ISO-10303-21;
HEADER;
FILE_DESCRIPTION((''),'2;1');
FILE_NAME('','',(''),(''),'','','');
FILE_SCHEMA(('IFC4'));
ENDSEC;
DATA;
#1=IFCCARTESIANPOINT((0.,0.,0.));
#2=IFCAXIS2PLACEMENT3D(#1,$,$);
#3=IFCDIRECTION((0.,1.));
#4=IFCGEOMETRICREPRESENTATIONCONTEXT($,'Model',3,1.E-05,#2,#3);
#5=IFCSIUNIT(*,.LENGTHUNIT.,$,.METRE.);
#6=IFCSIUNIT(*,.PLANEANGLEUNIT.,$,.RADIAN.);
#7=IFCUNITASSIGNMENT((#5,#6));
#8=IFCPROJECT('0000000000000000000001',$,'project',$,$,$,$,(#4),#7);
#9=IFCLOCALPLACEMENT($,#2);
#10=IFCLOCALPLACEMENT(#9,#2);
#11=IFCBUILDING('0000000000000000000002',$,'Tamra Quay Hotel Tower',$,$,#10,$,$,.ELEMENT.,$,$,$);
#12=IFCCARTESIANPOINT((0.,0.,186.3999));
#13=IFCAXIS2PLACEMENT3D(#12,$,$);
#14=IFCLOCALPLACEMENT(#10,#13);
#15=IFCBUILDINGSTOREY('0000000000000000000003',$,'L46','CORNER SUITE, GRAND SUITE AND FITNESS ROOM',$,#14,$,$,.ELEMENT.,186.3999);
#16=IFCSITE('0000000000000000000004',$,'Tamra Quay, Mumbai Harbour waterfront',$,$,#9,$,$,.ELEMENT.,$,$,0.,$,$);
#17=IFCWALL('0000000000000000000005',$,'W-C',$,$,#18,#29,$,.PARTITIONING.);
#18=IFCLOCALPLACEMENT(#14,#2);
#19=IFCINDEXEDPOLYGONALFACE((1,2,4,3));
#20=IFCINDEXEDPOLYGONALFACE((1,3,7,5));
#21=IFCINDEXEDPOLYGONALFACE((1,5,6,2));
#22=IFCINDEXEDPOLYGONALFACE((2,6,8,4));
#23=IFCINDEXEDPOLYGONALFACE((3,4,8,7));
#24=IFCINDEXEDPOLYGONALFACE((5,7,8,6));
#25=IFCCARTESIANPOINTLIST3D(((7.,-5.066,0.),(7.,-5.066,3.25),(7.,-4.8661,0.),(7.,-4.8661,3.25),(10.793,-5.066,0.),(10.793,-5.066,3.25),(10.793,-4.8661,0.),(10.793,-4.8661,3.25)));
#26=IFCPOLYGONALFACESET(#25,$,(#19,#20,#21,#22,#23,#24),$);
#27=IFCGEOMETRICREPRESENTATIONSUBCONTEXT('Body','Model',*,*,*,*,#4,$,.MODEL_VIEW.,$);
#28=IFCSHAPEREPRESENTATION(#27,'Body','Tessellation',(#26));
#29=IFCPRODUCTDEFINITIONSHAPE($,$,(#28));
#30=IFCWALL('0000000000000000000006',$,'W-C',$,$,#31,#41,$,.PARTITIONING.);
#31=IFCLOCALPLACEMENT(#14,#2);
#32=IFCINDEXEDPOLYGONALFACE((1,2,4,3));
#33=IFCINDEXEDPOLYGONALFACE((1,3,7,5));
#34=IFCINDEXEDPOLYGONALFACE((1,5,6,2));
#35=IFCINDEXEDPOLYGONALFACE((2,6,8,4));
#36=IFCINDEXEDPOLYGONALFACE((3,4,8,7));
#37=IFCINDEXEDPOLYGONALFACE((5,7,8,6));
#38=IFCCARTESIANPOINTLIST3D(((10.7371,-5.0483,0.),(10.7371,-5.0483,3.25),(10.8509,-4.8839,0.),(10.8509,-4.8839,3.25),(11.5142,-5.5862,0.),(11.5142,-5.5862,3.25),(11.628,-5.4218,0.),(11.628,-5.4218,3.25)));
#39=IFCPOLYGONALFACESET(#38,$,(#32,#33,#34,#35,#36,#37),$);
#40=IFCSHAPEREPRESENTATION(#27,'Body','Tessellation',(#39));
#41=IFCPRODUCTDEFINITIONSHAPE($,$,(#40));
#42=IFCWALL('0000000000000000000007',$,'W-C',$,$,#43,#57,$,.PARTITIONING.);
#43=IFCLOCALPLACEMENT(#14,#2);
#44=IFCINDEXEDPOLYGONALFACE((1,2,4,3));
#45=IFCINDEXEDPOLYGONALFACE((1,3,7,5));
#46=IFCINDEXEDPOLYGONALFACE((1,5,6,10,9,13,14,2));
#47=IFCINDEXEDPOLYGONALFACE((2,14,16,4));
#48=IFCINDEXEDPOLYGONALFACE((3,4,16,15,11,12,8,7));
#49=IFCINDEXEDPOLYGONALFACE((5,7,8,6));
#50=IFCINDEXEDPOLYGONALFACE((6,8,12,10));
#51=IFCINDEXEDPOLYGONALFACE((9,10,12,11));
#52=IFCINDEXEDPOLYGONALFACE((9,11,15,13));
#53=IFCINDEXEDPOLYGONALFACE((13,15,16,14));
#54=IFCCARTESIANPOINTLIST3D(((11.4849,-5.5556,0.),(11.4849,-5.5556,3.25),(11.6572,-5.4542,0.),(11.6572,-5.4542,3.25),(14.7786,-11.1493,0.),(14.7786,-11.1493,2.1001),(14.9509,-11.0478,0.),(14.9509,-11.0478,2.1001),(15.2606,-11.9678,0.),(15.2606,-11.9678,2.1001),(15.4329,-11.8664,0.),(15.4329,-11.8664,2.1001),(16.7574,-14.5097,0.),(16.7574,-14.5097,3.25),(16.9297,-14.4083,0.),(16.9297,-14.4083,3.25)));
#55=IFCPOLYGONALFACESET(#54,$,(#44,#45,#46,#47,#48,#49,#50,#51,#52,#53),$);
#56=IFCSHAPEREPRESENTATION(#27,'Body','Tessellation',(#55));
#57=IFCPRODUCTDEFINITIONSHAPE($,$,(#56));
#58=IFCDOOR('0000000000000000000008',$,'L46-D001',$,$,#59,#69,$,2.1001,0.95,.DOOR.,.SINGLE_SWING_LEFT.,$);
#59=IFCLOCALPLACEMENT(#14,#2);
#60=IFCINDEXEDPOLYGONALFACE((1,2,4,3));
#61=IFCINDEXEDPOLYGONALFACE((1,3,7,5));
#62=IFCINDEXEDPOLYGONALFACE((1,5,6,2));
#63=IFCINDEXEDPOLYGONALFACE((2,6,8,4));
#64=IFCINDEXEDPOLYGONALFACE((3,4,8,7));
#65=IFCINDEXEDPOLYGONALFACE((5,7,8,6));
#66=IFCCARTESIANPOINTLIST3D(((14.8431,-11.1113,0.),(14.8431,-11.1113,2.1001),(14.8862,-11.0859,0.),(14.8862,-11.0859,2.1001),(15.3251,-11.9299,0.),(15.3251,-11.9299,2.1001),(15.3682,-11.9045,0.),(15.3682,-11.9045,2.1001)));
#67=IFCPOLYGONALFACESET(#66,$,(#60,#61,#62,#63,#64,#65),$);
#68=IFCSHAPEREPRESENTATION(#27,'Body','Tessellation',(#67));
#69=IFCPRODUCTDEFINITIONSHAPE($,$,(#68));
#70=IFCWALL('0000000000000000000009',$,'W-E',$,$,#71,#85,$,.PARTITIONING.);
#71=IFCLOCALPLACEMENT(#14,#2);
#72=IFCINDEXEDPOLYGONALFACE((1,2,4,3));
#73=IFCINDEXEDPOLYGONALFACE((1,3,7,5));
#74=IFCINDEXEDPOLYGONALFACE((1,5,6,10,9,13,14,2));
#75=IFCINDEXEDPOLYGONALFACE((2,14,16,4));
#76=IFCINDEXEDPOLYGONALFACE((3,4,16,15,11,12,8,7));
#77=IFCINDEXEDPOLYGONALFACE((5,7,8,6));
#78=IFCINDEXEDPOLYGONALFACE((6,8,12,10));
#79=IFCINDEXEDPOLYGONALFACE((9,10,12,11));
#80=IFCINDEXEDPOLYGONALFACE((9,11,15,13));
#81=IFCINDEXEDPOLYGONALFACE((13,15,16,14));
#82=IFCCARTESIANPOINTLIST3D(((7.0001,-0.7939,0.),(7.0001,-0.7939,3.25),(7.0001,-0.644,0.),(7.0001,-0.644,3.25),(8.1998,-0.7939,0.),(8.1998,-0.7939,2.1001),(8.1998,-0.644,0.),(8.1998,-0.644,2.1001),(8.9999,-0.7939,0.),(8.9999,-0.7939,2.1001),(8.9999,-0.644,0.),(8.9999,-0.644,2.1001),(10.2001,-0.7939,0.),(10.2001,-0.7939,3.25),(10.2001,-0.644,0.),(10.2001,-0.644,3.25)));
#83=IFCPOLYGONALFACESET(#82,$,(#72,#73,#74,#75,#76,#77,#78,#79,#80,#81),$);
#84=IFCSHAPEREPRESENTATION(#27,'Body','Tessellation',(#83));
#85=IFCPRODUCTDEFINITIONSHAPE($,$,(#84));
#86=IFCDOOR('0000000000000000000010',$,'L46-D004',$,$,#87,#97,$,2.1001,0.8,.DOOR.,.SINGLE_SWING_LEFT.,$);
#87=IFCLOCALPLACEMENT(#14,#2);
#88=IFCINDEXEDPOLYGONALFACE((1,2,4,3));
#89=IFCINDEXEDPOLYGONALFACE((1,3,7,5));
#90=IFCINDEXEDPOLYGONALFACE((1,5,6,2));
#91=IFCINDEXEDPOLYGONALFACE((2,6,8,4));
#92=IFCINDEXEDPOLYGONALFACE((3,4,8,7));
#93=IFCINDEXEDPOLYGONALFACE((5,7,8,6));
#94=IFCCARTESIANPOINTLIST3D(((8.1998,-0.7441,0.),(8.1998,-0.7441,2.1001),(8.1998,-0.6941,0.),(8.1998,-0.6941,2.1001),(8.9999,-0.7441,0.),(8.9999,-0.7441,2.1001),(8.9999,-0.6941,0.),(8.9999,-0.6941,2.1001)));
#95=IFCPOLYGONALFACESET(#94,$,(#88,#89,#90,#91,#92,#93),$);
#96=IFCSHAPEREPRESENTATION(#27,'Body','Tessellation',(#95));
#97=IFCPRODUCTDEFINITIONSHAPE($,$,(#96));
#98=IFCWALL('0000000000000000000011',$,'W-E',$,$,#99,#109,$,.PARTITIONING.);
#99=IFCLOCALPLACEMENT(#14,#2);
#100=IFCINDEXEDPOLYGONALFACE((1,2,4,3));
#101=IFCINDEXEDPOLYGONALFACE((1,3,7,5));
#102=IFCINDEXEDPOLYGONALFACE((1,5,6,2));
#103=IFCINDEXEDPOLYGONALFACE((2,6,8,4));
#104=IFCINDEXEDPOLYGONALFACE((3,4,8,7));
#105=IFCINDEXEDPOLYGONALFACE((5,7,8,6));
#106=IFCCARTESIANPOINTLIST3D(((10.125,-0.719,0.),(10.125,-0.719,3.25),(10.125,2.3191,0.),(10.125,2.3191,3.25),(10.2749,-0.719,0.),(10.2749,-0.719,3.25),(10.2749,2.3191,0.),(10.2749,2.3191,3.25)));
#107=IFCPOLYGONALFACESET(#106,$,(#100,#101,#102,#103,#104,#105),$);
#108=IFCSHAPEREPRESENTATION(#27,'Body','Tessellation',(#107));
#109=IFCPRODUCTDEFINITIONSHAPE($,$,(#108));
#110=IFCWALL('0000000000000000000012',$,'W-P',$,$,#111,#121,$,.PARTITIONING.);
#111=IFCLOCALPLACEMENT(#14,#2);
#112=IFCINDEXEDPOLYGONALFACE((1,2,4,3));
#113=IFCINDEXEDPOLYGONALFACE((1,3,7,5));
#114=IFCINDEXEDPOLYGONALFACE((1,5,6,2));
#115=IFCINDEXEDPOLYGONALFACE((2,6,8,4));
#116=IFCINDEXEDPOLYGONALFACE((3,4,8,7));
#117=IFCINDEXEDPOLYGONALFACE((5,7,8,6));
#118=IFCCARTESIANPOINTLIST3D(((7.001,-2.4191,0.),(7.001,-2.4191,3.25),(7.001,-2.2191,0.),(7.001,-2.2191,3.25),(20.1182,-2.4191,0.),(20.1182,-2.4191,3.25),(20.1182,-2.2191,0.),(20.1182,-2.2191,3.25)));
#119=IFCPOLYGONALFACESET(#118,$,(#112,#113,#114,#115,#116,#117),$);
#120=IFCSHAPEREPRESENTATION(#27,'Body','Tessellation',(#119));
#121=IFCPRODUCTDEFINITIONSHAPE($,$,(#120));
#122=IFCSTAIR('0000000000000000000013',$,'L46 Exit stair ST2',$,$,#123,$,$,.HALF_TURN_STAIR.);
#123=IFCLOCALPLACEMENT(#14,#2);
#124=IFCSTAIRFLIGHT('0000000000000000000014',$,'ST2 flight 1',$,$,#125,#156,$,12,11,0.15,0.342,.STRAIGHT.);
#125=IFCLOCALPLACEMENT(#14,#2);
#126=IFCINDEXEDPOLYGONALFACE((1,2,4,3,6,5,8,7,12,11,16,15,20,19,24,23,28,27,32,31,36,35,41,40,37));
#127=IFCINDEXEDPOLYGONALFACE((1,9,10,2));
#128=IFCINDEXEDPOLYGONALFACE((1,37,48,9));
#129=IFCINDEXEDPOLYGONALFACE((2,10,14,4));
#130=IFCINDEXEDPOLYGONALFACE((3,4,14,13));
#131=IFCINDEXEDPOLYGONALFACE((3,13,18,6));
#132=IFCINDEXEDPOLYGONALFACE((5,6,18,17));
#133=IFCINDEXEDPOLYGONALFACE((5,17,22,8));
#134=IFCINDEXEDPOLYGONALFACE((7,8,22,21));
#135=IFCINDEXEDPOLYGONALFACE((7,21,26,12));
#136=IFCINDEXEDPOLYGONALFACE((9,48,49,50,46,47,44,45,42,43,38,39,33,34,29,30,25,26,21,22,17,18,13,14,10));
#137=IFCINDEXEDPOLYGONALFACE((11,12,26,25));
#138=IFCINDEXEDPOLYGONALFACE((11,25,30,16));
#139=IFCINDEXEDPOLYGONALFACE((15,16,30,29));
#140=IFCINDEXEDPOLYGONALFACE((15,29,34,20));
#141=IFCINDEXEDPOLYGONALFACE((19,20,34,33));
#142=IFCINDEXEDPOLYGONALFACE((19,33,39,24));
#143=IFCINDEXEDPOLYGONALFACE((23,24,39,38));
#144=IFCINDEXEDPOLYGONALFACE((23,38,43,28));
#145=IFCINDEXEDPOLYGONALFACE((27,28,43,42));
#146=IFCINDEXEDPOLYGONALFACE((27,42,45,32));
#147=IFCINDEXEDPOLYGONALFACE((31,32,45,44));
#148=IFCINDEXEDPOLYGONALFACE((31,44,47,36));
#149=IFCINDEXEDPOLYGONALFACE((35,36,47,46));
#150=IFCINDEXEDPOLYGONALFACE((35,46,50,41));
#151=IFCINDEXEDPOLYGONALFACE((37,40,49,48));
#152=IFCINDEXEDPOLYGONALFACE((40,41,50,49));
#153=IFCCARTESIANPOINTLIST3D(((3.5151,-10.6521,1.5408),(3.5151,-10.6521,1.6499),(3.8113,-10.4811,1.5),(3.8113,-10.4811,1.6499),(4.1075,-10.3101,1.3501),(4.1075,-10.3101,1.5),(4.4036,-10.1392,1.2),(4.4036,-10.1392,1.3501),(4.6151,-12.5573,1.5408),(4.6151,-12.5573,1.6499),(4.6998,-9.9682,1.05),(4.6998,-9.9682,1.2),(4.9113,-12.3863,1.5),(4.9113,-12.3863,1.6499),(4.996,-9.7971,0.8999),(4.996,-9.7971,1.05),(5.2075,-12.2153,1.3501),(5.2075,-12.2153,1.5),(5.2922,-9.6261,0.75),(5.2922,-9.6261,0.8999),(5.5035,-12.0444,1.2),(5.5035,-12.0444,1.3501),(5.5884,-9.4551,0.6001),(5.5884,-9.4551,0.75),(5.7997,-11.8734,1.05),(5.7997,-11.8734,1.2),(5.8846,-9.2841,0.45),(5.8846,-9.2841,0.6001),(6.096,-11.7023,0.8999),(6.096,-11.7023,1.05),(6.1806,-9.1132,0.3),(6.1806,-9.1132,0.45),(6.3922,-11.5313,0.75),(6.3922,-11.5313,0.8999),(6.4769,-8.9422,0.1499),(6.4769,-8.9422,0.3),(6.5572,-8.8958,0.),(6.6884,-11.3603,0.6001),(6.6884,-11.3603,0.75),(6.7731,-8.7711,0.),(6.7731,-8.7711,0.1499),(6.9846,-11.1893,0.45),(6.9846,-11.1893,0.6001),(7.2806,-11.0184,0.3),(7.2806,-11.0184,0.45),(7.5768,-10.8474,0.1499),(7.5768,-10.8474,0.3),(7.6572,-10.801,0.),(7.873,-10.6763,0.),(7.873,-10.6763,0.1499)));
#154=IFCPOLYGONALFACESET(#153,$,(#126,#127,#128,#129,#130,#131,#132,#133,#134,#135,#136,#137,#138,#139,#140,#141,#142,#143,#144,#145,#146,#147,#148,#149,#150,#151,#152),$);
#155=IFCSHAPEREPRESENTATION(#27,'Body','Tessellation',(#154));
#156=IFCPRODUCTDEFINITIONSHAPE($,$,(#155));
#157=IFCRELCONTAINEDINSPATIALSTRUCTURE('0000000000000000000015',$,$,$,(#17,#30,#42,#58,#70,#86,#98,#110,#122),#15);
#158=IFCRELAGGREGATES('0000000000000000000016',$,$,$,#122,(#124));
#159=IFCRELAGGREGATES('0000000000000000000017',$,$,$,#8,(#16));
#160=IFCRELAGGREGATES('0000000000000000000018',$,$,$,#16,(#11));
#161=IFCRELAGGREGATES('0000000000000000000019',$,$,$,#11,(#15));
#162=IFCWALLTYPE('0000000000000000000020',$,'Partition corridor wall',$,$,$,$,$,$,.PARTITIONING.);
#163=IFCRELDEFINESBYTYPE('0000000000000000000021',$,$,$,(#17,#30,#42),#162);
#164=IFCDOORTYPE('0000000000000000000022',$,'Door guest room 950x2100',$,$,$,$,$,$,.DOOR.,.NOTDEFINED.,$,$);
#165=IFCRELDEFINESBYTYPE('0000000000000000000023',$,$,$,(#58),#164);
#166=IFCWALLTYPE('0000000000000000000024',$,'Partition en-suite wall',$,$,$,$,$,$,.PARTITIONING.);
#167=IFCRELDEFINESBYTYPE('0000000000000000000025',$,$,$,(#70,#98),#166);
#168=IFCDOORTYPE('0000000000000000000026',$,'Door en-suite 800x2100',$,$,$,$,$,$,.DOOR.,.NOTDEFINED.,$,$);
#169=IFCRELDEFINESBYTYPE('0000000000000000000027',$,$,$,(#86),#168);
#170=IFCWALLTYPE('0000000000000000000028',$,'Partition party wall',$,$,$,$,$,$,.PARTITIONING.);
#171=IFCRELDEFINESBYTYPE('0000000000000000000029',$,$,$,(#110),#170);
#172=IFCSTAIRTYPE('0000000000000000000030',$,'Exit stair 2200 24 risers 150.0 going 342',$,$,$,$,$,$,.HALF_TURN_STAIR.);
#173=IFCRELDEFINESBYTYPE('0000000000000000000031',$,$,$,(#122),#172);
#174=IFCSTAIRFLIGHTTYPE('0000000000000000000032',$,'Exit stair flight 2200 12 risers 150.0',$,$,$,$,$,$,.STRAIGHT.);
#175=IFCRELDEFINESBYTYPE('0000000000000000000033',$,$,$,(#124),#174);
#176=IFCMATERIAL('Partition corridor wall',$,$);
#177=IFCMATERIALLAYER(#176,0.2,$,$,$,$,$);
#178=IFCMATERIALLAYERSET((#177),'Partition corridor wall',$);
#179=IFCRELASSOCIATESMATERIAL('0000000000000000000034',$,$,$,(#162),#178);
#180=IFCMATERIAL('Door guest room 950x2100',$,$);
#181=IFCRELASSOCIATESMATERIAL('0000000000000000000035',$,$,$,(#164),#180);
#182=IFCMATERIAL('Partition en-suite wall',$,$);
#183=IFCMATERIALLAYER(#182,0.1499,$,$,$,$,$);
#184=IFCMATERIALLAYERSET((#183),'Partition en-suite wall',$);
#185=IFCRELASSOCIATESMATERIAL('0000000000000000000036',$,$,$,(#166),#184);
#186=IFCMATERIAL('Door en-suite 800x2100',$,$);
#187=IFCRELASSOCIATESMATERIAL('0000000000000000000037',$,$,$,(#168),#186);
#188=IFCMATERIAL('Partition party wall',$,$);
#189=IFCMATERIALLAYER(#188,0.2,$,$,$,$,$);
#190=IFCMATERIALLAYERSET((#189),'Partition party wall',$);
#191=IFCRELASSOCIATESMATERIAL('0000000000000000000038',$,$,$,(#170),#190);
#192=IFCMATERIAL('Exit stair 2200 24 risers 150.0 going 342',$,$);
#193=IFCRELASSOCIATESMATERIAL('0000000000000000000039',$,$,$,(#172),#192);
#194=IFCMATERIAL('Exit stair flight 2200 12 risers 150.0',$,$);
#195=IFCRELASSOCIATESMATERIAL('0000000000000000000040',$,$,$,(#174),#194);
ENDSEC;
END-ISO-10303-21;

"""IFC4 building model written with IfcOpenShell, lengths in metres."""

from ifc_helpers import new_model, si_unit, direction, frame, frame_2d, origin, place, context, subcontext, project, spatial, polyline, rectangle, outline, extrude, material, layer, layer_set, type_object, element, fill, aggregate, save


model = new_model("IFC4")

# Units and contexts
model_context = context("Model", 3, precision=1e-05, world=origin(), true_north=direction((0.0, 1.0)))
body_context = subcontext(model_context, "Body", "Model", "MODEL_VIEW")
ifc_project = project(units=[si_unit("LENGTHUNIT", "METRE"), si_unit("PLANEANGLEUNIT", "RADIAN")], contexts=[model_context])

# Site, building, storey
site_placement = place(None, origin())
site = spatial("IfcSite", under=ifc_project, at=site_placement, Name="Tamra Quay, Mumbai Harbour waterfront", CompositionType="ELEMENT", RefElevation=0.0)
building_placement = place(site_placement, origin())
building = spatial("IfcBuilding", under=site, at=building_placement, Name="Tamra Quay Hotel Tower", CompositionType="ELEMENT")
storey_placement = place(building_placement, frame((0.0, 0.0, 186.3999)))
storey = spatial("IfcBuildingStorey", under=building, at=storey_placement, Name="L46", Description="CORNER SUITE, GRAND SUITE AND FITNESS ROOM", CompositionType="ELEMENT", Elevation=186.3999)

# Shared definitions
ifc_material_1 = material(Name="Partition corridor wall")
ifc_layer_1 = layer(ifc_material_1, 0.2)
ifc_layer_set_1 = layer_set([ifc_layer_1], Name="Partition corridor wall")
wall_type_1 = type_object("IfcWallType", Name="Partition corridor wall", PredefinedType="PARTITIONING", material=ifc_layer_set_1)
ifc_material_2 = material(Name="Door guest room 950x2100")
door_type_1 = type_object("IfcDoorType", Name="Door guest room 950x2100", OperationType="NOTDEFINED", PredefinedType="DOOR", material=ifc_material_2)

# Walls
wall_1_placement = place(storey_placement, frame((7.0, -4.9661, 0.0), z_axis=(0.0, 0.0, 1.0), x_axis=(1.0, 0.0, 0.0)))
element("IfcWall", 1, at=wall_1_placement, inside=storey, type_object=wall_type_1, Name="W-C", PredefinedType="PARTITIONING", context=body_context, shape_type="SweptSolid", body=[
    extrude(rectangle(XDim=3.793, YDim=0.2, at=frame_2d((1.8965, 0.0))), origin(), (0.0, 0.0, 1.0), 3.25),
])
wall_2_placement = place(storey_placement, frame((10.7939, -4.9661, 0.0), z_axis=(0.0, 0.0, 1.0), x_axis=(0.822267, -0.569103, 0.0)))
element("IfcWall", 2, at=wall_2_placement, inside=storey, type_object=wall_type_1, Name="W-C", PredefinedType="PARTITIONING", context=body_context, shape_type="SweptSolid", body=[
    extrude(rectangle(XDim=0.9451, YDim=0.2, at=frame_2d((0.4727, 0.0))), origin(), (0.0, 0.0, 1.0), 3.25),
])

# Walls, openings, doors
wall_3_placement = place(storey_placement, frame((11.571, -5.5049, 0.0), z_axis=(0.0, 0.0, 1.0), x_axis=(0.507402, -0.861709, 0.0)))
wall_3 = element("IfcWall", 3, at=wall_3_placement, inside=storey, type_object=wall_type_1, Name="W-C", PredefinedType="PARTITIONING", context=body_context, shape_type="SweptSolid", body=[
    extrude(rectangle(XDim=10.3911, YDim=0.2, at=frame_2d((5.1956, 0.0))), origin(), (0.0, 0.0, 1.0), 3.25),
])
opening_1_placement = place(wall_3_placement, frame((6.4912, 0.0, 0.0)))
opening_1 = element("IfcOpeningElement", 4, at=opening_1_placement, cuts=wall_3, PredefinedType="OPENING", context=body_context, shape_type="SweptSolid", body=[
    extrude(rectangle(XDim=0.95, YDim=2.1001, at=frame_2d((0.4751, 1.05))), frame((0.0, 0.1099, 0.0), z_axis=(0.0, -1.0, 0.0), x_axis=(1.0, 0.0, 0.0)), (0.0, 0.0, 1.0), 0.22),
])
door_1_placement = place(opening_1_placement, origin())
door_1 = element("IfcDoor", 5, at=door_1_placement, inside=storey, type_object=door_type_1, Name="L46-D001", OperationType="SINGLE_SWING_LEFT", OverallHeight=2.1001, OverallWidth=0.95, PredefinedType="DOOR", context=body_context, shape_type="SweptSolid", body=[
    extrude(rectangle(XDim=0.95, YDim=2.1001, at=frame_2d((0.4751, 1.05))), frame((0.0, 0.0249, 0.0), z_axis=(0.0, -1.0, 0.0), x_axis=(1.0, 0.0, 0.0)), (0.0, 0.0, 1.0), 0.05),
])
fill(opening_1, door_1)
ifc_material_3 = material(Name="Partition en-suite wall")
ifc_layer_2 = layer(ifc_material_3, 0.1499)
ifc_layer_set_2 = layer_set([ifc_layer_2], Name="Partition en-suite wall")
wall_type_2 = type_object("IfcWallType", Name="Partition en-suite wall", PredefinedType="PARTITIONING", material=ifc_layer_set_2)
wall_4_placement = place(storey_placement, frame((7.0, -0.719, 0.0), z_axis=(0.0, 0.0, 1.0), x_axis=(1.0, 0.0, 0.0)))
wall_4 = element("IfcWall", 6, at=wall_4_placement, inside=storey, type_object=wall_type_2, Name="W-E", PredefinedType="PARTITIONING", context=body_context, shape_type="SweptSolid", body=[
    extrude(rectangle(XDim=3.2, YDim=0.1499, at=frame_2d((1.6001, 0.0))), origin(), (0.0, 0.0, 1.0), 3.25),
])
opening_2_placement = place(wall_4_placement, frame((1.2, 0.0, 0.0)))
opening_2 = element("IfcOpeningElement", 7, at=opening_2_placement, cuts=wall_4, PredefinedType="OPENING", context=body_context, shape_type="SweptSolid", body=[
    extrude(rectangle(XDim=0.8, YDim=2.1001, at=frame_2d((0.3999, 1.05))), frame((0.0, 0.085, 0.0), z_axis=(0.0, -1.0, 0.0), x_axis=(1.0, 0.0, 0.0)), (0.0, 0.0, 1.0), 0.1699),
])
ifc_material_4 = material(Name="Door en-suite 800x2100")
door_type_2 = type_object("IfcDoorType", Name="Door en-suite 800x2100", OperationType="NOTDEFINED", PredefinedType="DOOR", material=ifc_material_4)
door_2_placement = place(opening_2_placement, origin())
door_2 = element("IfcDoor", 8, at=door_2_placement, inside=storey, type_object=door_type_2, Name="L46-D004", OperationType="SINGLE_SWING_LEFT", OverallHeight=2.1001, OverallWidth=0.8, PredefinedType="DOOR", context=body_context, shape_type="SweptSolid", body=[
    extrude(rectangle(XDim=0.8, YDim=2.1001, at=frame_2d((0.3999, 1.05))), frame((0.0, 0.0249, 0.0), z_axis=(0.0, -1.0, 0.0), x_axis=(1.0, 0.0, 0.0)), (0.0, 0.0, 1.0), 0.05),
])
fill(opening_2, door_2)

# Walls
wall_5_placement = place(storey_placement, frame((10.2, -0.719, 0.0), z_axis=(0.0, 0.0, 1.0), x_axis=(0.0, 1.0, 0.0)))
element("IfcWall", 9, at=wall_5_placement, inside=storey, type_object=wall_type_2, Name="W-E", PredefinedType="PARTITIONING", context=body_context, shape_type="SweptSolid", body=[
    extrude(rectangle(XDim=3.0381, YDim=0.1499, at=frame_2d((1.519, 0.0))), origin(), (0.0, 0.0, 1.0), 3.25),
])
ifc_material_5 = material(Name="Partition party wall")
ifc_layer_3 = layer(ifc_material_5, 0.2)
ifc_layer_set_3 = layer_set([ifc_layer_3], Name="Partition party wall")
wall_type_3 = type_object("IfcWallType", Name="Partition party wall", PredefinedType="PARTITIONING", material=ifc_layer_set_3)
wall_6_placement = place(storey_placement, frame((7.001, -2.3191, 0.0), z_axis=(0.0, 0.0, 1.0), x_axis=(1.0, 0.0, 0.0)))
element("IfcWall", 10, at=wall_6_placement, inside=storey, type_object=wall_type_3, Name="W-P", PredefinedType="PARTITIONING", context=body_context, shape_type="SweptSolid", body=[
    extrude(rectangle(XDim=13.1172, YDim=0.2, at=frame_2d((6.5586, 0.0))), origin(), (0.0, 0.0, 1.0), 3.25),
])

# Stair, stair flight
ifc_material_6 = material(Name="Exit stair 2200 24 risers 150.0 going 342")
stair_type = type_object("IfcStairType", Name="Exit stair 2200 24 risers 150.0 going 342", PredefinedType="HALF_TURN_STAIR", material=ifc_material_6)
stair_placement = place(storey_placement, origin())
stair = element("IfcStair", 11, at=stair_placement, inside=storey, type_object=stair_type, Name="L46 Exit stair ST2", PredefinedType="HALF_TURN_STAIR")
ifc_material_7 = material(Name="Exit stair flight 2200 12 risers 150.0")
stair_flight_type = type_object("IfcStairFlightType", Name="Exit stair flight 2200 12 risers 150.0", PredefinedType="STRAIGHT", material=ifc_material_7)
stair_flight_1_placement = place(storey_placement, frame((7.323, -9.7236, 0.0), z_axis=(0.0, 0.0, 1.0), x_axis=(-0.866025, -0.5, 0.0)))
stair_flight_1 = element("IfcStairFlight", 12, at=stair_flight_1_placement, type_object=stair_flight_type, Name="ST2 flight 1", NumberOfRisers=12, NumberOfTreads=11, PredefinedType="STRAIGHT", RiserHeight=0.15, TreadLength=0.342, context=body_context, shape_type="SweptSolid", body=[
    extrude(outline(polyline([(0.0, 0.0), (0.0, 0.1499), (0.342, 0.1499), (0.342, 0.3), (0.6841, 0.3), (0.6841, 0.45), (1.0259, 0.45), (1.0259, 0.6001), (1.3679, 0.6001), (1.3679, 0.75), (1.71, 0.75), (1.71, 0.8999), (2.052, 0.8999), (2.052, 1.05), (2.394, 1.05), (2.394, 1.2), (2.7361, 1.2), (2.7361, 1.3501), (3.0779, 1.3501), (3.0779, 1.5), (3.4199, 1.5), (3.4199, 1.6499), (3.762, 1.6499), (3.762, 1.8), (3.762, 1.5408), (0.2493, 0.0), (0.0, 0.0)])), frame((0.0, 1.1001, 0.0), z_axis=(0.0, -1.0, 0.0), x_axis=(1.0, 0.0, 0.0)), (0.0, 0.0, 1.0), 2.2),
])
aggregate(stair, [stair_flight_1])

save(model, "model.ifc")
